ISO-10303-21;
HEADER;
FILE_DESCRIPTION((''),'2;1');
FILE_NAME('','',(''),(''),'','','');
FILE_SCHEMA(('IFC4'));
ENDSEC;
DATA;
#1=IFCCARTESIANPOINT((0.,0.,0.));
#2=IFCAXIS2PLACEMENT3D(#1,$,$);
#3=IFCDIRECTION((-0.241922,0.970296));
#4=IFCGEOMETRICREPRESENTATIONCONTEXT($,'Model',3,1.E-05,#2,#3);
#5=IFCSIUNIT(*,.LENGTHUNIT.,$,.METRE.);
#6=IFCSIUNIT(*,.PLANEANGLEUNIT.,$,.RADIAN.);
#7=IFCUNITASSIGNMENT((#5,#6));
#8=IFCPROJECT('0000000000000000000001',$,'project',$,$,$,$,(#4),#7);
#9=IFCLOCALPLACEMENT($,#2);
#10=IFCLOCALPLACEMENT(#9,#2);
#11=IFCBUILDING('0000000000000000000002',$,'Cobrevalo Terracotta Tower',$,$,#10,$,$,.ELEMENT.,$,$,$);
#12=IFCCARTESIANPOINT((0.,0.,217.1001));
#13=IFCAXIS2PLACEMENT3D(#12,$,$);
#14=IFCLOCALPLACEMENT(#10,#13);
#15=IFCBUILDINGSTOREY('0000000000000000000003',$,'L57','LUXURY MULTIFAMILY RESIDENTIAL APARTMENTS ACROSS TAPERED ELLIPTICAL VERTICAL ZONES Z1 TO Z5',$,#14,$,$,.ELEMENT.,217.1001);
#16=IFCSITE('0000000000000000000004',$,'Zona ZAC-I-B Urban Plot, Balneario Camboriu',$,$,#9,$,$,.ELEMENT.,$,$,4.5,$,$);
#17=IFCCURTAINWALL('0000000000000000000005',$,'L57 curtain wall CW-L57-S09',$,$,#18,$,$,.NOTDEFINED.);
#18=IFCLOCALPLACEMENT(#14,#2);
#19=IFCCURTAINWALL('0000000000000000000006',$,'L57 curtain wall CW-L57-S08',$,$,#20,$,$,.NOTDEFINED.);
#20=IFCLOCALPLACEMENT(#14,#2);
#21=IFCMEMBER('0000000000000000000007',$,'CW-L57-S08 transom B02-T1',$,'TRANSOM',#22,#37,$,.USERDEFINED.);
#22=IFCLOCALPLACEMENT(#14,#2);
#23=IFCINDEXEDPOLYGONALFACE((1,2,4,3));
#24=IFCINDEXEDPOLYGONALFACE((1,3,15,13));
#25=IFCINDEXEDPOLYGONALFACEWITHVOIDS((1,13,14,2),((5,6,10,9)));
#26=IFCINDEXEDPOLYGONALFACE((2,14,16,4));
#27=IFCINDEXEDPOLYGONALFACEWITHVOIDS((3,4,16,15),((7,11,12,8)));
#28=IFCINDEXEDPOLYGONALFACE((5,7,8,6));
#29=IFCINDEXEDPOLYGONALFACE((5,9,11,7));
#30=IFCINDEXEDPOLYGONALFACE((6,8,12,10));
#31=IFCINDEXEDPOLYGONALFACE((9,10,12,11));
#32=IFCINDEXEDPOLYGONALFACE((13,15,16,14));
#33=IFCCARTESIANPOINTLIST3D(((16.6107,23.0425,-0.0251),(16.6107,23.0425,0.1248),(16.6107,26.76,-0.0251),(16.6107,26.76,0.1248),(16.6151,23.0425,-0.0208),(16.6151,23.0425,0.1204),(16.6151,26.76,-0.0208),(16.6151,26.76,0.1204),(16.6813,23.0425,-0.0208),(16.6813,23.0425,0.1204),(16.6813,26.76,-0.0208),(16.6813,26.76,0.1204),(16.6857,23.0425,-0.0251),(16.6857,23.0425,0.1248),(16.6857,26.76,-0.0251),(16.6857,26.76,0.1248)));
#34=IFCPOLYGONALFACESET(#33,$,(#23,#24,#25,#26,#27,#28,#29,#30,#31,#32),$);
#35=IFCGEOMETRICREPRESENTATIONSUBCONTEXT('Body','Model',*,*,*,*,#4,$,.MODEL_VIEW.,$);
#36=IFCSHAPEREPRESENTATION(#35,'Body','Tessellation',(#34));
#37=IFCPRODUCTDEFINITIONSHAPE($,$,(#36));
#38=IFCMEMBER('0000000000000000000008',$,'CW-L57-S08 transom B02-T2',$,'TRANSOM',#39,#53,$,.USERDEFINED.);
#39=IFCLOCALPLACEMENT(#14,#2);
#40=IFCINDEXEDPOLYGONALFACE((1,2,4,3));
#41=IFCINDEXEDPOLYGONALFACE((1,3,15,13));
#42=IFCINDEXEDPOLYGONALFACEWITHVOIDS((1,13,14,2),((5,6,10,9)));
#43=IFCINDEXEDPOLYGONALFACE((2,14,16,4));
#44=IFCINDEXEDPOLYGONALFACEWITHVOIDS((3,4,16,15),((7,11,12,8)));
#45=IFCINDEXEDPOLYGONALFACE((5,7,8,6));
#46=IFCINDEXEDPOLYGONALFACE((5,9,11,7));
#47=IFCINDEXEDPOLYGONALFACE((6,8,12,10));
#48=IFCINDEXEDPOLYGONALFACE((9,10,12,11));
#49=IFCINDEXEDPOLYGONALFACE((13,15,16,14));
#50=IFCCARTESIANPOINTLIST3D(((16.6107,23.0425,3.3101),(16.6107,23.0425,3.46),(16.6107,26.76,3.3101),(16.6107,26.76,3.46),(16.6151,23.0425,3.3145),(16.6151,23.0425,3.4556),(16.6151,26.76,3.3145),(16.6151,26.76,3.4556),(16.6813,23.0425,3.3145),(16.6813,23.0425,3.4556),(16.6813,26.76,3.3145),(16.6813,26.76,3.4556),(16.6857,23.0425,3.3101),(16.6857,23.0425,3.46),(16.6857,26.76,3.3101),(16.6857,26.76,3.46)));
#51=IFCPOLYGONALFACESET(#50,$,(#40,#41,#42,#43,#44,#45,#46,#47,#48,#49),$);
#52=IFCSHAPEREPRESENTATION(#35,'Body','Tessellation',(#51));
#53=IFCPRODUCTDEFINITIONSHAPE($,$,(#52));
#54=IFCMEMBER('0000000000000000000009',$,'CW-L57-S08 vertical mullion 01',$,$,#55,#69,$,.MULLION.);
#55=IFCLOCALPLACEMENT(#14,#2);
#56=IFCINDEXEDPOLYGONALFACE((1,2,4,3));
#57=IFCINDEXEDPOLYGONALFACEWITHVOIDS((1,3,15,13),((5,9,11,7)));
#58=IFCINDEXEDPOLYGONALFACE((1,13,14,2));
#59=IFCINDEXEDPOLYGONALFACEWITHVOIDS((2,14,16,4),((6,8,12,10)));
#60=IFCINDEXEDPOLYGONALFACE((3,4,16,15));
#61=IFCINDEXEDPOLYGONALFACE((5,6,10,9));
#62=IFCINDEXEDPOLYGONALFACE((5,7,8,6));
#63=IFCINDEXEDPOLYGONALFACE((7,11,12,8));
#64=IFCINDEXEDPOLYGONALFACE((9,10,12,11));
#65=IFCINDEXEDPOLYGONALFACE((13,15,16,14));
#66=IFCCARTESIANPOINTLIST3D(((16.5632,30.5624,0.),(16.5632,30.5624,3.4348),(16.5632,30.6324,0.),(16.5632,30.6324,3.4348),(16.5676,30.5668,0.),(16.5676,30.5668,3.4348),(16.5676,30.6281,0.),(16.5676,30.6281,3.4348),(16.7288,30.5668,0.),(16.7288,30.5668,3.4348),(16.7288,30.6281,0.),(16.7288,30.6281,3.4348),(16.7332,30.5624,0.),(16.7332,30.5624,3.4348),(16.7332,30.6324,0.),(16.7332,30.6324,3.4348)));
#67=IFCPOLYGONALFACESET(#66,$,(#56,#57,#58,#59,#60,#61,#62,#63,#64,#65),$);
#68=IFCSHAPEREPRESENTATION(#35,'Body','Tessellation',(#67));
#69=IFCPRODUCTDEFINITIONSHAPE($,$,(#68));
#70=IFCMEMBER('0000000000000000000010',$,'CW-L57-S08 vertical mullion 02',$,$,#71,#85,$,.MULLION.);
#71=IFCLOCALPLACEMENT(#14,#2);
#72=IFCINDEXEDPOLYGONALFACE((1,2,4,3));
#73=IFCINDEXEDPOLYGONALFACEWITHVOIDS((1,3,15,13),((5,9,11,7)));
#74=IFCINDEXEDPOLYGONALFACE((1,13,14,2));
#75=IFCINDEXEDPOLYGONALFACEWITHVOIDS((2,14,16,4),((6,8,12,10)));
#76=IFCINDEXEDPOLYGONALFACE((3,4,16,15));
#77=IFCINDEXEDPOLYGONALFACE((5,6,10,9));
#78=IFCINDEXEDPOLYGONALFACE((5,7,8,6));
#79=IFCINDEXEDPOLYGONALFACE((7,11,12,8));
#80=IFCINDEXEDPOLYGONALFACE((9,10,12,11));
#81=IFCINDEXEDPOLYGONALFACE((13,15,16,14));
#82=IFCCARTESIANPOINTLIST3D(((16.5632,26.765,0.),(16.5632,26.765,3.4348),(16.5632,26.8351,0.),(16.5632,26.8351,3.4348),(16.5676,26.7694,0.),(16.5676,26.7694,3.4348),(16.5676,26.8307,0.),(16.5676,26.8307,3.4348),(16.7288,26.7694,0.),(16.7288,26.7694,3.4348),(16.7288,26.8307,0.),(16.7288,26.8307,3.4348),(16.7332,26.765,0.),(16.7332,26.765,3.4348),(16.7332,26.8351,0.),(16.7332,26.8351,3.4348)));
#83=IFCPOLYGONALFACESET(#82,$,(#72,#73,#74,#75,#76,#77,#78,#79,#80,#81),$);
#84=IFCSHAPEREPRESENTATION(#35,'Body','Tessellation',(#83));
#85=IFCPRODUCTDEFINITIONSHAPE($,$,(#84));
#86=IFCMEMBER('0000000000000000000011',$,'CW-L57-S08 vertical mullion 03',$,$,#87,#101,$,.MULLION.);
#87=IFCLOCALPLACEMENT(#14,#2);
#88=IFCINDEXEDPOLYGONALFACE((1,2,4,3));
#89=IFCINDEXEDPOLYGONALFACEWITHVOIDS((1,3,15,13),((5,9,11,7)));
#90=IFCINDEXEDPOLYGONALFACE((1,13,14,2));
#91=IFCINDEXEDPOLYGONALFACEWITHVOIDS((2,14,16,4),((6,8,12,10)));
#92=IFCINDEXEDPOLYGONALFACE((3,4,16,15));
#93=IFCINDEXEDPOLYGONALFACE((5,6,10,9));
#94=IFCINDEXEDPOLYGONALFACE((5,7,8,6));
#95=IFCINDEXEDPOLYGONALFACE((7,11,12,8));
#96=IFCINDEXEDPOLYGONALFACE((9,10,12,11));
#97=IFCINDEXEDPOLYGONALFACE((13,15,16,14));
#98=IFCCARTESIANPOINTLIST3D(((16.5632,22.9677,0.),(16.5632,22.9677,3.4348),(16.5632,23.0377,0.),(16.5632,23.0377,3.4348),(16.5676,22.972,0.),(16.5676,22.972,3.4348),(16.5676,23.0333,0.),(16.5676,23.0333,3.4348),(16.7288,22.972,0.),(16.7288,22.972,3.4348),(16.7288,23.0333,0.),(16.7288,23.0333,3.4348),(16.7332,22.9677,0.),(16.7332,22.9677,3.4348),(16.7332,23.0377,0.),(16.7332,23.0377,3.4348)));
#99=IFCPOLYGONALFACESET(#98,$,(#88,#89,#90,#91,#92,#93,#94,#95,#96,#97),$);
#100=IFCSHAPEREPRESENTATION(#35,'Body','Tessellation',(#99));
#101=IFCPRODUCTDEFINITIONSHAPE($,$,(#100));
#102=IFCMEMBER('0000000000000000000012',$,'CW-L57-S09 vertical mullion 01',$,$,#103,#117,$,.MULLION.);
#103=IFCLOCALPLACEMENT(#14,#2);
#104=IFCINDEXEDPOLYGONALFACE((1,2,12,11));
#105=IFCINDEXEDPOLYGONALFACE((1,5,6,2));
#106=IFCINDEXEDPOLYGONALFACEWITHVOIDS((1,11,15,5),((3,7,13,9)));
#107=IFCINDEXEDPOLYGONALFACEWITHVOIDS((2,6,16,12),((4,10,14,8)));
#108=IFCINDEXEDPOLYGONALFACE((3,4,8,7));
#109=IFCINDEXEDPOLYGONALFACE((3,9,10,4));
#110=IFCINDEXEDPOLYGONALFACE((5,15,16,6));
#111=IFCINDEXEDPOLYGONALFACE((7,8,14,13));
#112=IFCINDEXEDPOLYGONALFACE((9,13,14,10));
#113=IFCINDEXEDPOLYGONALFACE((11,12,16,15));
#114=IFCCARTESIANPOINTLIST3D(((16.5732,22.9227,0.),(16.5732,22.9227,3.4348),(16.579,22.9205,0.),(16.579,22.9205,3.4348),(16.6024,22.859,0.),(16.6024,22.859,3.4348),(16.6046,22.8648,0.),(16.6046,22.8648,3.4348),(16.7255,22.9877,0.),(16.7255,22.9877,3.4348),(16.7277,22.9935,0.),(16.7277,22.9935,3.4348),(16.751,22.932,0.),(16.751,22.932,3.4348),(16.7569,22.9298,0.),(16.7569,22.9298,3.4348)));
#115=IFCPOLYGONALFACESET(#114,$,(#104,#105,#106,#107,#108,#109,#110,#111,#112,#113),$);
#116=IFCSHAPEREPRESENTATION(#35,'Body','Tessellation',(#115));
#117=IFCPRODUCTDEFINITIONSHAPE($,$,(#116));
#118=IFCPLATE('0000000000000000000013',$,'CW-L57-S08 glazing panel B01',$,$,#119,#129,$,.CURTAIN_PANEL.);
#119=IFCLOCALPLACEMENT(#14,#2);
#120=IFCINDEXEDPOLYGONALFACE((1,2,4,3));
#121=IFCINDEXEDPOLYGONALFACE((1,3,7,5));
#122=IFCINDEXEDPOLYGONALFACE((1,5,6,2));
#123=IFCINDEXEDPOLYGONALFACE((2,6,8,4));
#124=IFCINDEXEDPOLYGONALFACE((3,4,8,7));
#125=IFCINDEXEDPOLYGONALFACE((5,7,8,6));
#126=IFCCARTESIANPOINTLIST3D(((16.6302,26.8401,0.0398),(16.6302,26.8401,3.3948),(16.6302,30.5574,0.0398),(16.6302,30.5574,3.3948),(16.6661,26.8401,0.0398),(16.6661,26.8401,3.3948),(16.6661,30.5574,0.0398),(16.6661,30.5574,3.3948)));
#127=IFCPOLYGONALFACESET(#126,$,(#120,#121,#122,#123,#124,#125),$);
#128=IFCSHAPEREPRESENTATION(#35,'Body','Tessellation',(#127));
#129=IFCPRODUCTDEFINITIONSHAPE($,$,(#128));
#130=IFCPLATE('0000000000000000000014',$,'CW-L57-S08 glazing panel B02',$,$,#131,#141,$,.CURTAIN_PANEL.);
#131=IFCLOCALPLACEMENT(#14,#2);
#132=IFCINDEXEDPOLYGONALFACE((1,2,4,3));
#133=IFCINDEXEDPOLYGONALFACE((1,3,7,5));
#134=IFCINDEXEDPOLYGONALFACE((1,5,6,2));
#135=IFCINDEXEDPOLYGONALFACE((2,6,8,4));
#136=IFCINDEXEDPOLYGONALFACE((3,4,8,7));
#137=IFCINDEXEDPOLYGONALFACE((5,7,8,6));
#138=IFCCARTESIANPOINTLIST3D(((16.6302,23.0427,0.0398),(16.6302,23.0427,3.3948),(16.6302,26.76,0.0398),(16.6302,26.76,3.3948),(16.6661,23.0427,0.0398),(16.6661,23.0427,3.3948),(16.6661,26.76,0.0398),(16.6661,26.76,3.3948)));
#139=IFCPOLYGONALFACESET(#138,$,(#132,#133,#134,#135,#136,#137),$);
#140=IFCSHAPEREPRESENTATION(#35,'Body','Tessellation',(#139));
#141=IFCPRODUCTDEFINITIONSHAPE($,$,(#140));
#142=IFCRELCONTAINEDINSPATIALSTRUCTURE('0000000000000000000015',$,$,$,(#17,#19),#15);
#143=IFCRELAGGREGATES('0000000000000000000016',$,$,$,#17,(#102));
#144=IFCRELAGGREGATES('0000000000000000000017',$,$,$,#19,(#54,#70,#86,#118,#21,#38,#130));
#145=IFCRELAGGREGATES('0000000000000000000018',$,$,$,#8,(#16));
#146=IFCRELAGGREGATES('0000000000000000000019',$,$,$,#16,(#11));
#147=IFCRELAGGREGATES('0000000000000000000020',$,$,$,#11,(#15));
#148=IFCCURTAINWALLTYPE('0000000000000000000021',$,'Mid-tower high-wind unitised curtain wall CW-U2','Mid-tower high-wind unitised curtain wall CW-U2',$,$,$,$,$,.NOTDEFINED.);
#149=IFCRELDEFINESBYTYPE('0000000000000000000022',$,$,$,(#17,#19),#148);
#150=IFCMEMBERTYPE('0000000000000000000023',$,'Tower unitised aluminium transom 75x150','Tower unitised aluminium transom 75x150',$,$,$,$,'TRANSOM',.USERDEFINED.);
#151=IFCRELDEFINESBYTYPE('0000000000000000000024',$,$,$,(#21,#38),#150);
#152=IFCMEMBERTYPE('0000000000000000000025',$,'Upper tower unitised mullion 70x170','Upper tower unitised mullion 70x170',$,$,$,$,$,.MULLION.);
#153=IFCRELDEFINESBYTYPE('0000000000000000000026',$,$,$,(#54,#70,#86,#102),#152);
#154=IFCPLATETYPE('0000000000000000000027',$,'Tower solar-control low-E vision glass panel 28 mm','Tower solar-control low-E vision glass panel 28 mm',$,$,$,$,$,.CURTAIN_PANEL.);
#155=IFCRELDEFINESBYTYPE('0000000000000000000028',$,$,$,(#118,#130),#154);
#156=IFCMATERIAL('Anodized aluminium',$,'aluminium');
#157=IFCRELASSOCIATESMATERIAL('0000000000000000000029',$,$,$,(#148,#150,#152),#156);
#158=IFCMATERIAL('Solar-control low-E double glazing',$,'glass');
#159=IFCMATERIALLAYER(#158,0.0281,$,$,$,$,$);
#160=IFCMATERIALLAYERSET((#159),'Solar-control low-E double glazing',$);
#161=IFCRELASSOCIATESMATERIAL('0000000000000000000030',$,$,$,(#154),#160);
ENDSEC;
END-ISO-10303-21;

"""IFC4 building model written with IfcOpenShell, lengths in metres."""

from ifc_helpers import new_model, si_unit, direction, frame, origin, origin_2d, place, context, subcontext, project, spatial, rectangle, hollow_rectangle, extrude, source, transform, mapped, material, layer, layer_set, material_profile, profile_set, type_object, element, aggregate, save


model = new_model("IFC4")

# Units and contexts
model_context = context("Model", 3, precision=1e-05, world=origin(), true_north=direction((-0.241922, 0.970296)))
body_context = subcontext(model_context, "Body", "Model", "MODEL_VIEW")
ifc_project = project(units=[si_unit("LENGTHUNIT", "METRE"), si_unit("PLANEANGLEUNIT", "RADIAN")], contexts=[model_context])

# Site, building, storey
site_placement = place(None, origin())
site = spatial("IfcSite", under=ifc_project, at=site_placement, Name="Zona ZAC-I-B Urban Plot, Balneario Camboriu", CompositionType="ELEMENT", RefElevation=4.5)
building_placement = place(site_placement, origin())
building = spatial("IfcBuilding", under=site, at=building_placement, Name="Cobrevalo Terracotta Tower", CompositionType="ELEMENT")
storey_placement = place(building_placement, frame((0.0, 0.0, 217.1001)))
storey = spatial("IfcBuildingStorey", under=building, at=storey_placement, Name="L57", Description="LUXURY MULTIFAMILY RESIDENTIAL APARTMENTS ACROSS TAPERED ELLIPTICAL VERTICAL ZONES Z1 TO Z5", CompositionType="ELEMENT", Elevation=217.1001)

# Curtain walls, members
ifc_material_1 = material(Name="Anodized aluminium", Category="aluminium")
curtain_wall_type = type_object("IfcCurtainWallType", Name="Mid-tower high-wind unitised curtain wall CW-U2", Description="Mid-tower high-wind unitised curtain wall CW-U2", PredefinedType="NOTDEFINED", material=ifc_material_1)
curtain_wall_1_placement = place(storey_placement, origin())
curtain_wall_1 = element("IfcCurtainWall", 1, at=curtain_wall_1_placement, inside=storey, type_object=curtain_wall_type, Name="L57 curtain wall CW-L57-S09", PredefinedType="NOTDEFINED")
ifc_material_profile_1 = material_profile(ifc_material_1, hollow_rectangle(XDim=0.075, YDim=0.1499, WallThickness=0.0044, at=origin_2d()), Name="CWT 75x150")
ifc_profile_set_1 = profile_set([ifc_material_profile_1], Name="Anodized aluminium")
member_type_1 = type_object("IfcMemberType", Name="Tower unitised aluminium transom 75x150", Description="Tower unitised aluminium transom 75x150", ElementType="TRANSOM", PredefinedType="USERDEFINED", material=ifc_profile_set_1)
curtain_wall_2_placement = place(storey_placement, origin())
curtain_wall_2 = element("IfcCurtainWall", 2, at=curtain_wall_2_placement, inside=storey, type_object=curtain_wall_type, Name="L57 curtain wall CW-L57-S08", PredefinedType="NOTDEFINED")
shared_shape_1 = source(origin(), body_context, "Body", "SweptSolid", [
    extrude(hollow_rectangle(XDim=0.075, YDim=0.1499, WallThickness=0.0044, at=origin_2d()), origin(), (0.0, 0.0, 1.0), 3.7175),
])
member_1_placement = place(storey_placement, frame((16.6482, 26.76, 0.0498), z_axis=(0.0, -1.0, 0.0), x_axis=(1.0, 0.0, 0.0)))
member_1 = element("IfcMember", 3, at=member_1_placement, type_object=member_type_1, Name="CW-L57-S08 transom B02-T1", ObjectType="TRANSOM", PredefinedType="USERDEFINED", context=body_context, shape_type="MappedRepresentation", body=[
    mapped(shared_shape_1, transform((0.0, 0.0, 0.0), scale=1.0)),
])
member_2_placement = place(storey_placement, frame((16.6482, 26.76, 3.385), z_axis=(0.0, -1.0, 0.0), x_axis=(1.0, 0.0, 0.0)))
member_2 = element("IfcMember", 4, at=member_2_placement, type_object=member_type_1, Name="CW-L57-S08 transom B02-T2", ObjectType="TRANSOM", PredefinedType="USERDEFINED", context=body_context, shape_type="MappedRepresentation", body=[
    mapped(shared_shape_1, transform((0.0, 0.0, 0.0), scale=1.0)),
])
ifc_material_profile_2 = material_profile(ifc_material_1, hollow_rectangle(XDim=0.0701, YDim=0.1699, WallThickness=0.0044, at=origin_2d()), Name="CWM 70x170")
ifc_profile_set_2 = profile_set([ifc_material_profile_2], Name="Anodized aluminium")
member_type_2 = type_object("IfcMemberType", Name="Upper tower unitised mullion 70x170", Description="Upper tower unitised mullion 70x170", PredefinedType="MULLION", material=ifc_profile_set_2)
shared_shape_2 = source(origin(), body_context, "Body", "SweptSolid", [
    extrude(hollow_rectangle(XDim=0.0701, YDim=0.1699, WallThickness=0.0044, at=origin_2d()), origin(), (0.0, 0.0, 1.0), 3.4348),
])
member_3_placement = place(storey_placement, frame((16.6482, 30.5974, 0.0), z_axis=(0.0, 0.0, 1.0), x_axis=(0.0, -1.0, 0.0)))
member_3 = element("IfcMember", 5, at=member_3_placement, type_object=member_type_2, Name="CW-L57-S08 vertical mullion 01", PredefinedType="MULLION", context=body_context, shape_type="MappedRepresentation", body=[
    mapped(shared_shape_2, transform((0.0, 0.0, 0.0), scale=1.0)),
])
member_4_placement = place(storey_placement, frame((16.6482, 26.8, 0.0), z_axis=(0.0, 0.0, 1.0), x_axis=(0.0, -1.0, 0.0)))
member_4 = element("IfcMember", 6, at=member_4_placement, type_object=member_type_2, Name="CW-L57-S08 vertical mullion 02", PredefinedType="MULLION", context=body_context, shape_type="MappedRepresentation", body=[
    mapped(shared_shape_2, transform((0.0, 0.0, 0.0), scale=1.0)),
])
member_5_placement = place(storey_placement, frame((16.6482, 23.0027, 0.0), z_axis=(0.0, 0.0, 1.0), x_axis=(0.0, -1.0, 0.0)))
member_5 = element("IfcMember", 7, at=member_5_placement, type_object=member_type_2, Name="CW-L57-S08 vertical mullion 03", PredefinedType="MULLION", context=body_context, shape_type="MappedRepresentation", body=[
    mapped(shared_shape_2, transform((0.0, 0.0, 0.0), scale=1.0)),
])

# Member
member_6_placement = place(storey_placement, frame((16.665, 22.9263, 0.0), z_axis=(0.0, 0.0, 1.0), x_axis=(0.416725, -0.909033, 0.0)))
member_6 = element("IfcMember", 8, at=member_6_placement, type_object=member_type_2, Name="CW-L57-S09 vertical mullion 01", PredefinedType="MULLION", context=body_context, shape_type="MappedRepresentation", body=[
    mapped(shared_shape_2, transform((0.0, 0.0, 0.0), scale=1.0)),
])
aggregate(curtain_wall_1, [member_6])

# Plates
ifc_material_2 = material(Name="Solar-control low-E double glazing", Category="glass")
ifc_layer = layer(ifc_material_2, 0.0281)
ifc_layer_set = layer_set([ifc_layer], Name="Solar-control low-E double glazing")
plate_type = type_object("IfcPlateType", Name="Tower solar-control low-E vision glass panel 28 mm", Description="Tower solar-control low-E vision glass panel 28 mm", PredefinedType="CURTAIN_PANEL", material=ifc_layer_set)
shared_shape_3 = source(origin(), body_context, "Body", "SweptSolid", [
    extrude(rectangle(XDim=3.7173, YDim=0.0359, at=origin_2d()), origin(), (0.0, 0.0, 1.0), 3.355),
])
plate_1_placement = place(storey_placement, frame((16.6482, 28.6987, 0.0398), z_axis=(0.0, 0.0, 1.0), x_axis=(0.0, -1.0, 0.0)))
plate_1 = element("IfcPlate", 9, at=plate_1_placement, type_object=plate_type, Name="CW-L57-S08 glazing panel B01", PredefinedType="CURTAIN_PANEL", context=body_context, shape_type="MappedRepresentation", body=[
    mapped(shared_shape_3, transform((0.0, 0.0, 0.0), scale=1.0)),
])
plate_2_placement = place(storey_placement, frame((16.6482, 24.9014, 0.0398), z_axis=(0.0, 0.0, 1.0), x_axis=(0.0, -1.0, 0.0)))
plate_2 = element("IfcPlate", 10, at=plate_2_placement, type_object=plate_type, Name="CW-L57-S08 glazing panel B02", PredefinedType="CURTAIN_PANEL", context=body_context, shape_type="MappedRepresentation", body=[
    mapped(shared_shape_3, transform((0.0, 0.0, 0.0), scale=1.0)),
])
aggregate(curtain_wall_2, [member_3, member_4, member_5, plate_1, member_1, member_2, plate_2])

save(model, "model.ifc")
